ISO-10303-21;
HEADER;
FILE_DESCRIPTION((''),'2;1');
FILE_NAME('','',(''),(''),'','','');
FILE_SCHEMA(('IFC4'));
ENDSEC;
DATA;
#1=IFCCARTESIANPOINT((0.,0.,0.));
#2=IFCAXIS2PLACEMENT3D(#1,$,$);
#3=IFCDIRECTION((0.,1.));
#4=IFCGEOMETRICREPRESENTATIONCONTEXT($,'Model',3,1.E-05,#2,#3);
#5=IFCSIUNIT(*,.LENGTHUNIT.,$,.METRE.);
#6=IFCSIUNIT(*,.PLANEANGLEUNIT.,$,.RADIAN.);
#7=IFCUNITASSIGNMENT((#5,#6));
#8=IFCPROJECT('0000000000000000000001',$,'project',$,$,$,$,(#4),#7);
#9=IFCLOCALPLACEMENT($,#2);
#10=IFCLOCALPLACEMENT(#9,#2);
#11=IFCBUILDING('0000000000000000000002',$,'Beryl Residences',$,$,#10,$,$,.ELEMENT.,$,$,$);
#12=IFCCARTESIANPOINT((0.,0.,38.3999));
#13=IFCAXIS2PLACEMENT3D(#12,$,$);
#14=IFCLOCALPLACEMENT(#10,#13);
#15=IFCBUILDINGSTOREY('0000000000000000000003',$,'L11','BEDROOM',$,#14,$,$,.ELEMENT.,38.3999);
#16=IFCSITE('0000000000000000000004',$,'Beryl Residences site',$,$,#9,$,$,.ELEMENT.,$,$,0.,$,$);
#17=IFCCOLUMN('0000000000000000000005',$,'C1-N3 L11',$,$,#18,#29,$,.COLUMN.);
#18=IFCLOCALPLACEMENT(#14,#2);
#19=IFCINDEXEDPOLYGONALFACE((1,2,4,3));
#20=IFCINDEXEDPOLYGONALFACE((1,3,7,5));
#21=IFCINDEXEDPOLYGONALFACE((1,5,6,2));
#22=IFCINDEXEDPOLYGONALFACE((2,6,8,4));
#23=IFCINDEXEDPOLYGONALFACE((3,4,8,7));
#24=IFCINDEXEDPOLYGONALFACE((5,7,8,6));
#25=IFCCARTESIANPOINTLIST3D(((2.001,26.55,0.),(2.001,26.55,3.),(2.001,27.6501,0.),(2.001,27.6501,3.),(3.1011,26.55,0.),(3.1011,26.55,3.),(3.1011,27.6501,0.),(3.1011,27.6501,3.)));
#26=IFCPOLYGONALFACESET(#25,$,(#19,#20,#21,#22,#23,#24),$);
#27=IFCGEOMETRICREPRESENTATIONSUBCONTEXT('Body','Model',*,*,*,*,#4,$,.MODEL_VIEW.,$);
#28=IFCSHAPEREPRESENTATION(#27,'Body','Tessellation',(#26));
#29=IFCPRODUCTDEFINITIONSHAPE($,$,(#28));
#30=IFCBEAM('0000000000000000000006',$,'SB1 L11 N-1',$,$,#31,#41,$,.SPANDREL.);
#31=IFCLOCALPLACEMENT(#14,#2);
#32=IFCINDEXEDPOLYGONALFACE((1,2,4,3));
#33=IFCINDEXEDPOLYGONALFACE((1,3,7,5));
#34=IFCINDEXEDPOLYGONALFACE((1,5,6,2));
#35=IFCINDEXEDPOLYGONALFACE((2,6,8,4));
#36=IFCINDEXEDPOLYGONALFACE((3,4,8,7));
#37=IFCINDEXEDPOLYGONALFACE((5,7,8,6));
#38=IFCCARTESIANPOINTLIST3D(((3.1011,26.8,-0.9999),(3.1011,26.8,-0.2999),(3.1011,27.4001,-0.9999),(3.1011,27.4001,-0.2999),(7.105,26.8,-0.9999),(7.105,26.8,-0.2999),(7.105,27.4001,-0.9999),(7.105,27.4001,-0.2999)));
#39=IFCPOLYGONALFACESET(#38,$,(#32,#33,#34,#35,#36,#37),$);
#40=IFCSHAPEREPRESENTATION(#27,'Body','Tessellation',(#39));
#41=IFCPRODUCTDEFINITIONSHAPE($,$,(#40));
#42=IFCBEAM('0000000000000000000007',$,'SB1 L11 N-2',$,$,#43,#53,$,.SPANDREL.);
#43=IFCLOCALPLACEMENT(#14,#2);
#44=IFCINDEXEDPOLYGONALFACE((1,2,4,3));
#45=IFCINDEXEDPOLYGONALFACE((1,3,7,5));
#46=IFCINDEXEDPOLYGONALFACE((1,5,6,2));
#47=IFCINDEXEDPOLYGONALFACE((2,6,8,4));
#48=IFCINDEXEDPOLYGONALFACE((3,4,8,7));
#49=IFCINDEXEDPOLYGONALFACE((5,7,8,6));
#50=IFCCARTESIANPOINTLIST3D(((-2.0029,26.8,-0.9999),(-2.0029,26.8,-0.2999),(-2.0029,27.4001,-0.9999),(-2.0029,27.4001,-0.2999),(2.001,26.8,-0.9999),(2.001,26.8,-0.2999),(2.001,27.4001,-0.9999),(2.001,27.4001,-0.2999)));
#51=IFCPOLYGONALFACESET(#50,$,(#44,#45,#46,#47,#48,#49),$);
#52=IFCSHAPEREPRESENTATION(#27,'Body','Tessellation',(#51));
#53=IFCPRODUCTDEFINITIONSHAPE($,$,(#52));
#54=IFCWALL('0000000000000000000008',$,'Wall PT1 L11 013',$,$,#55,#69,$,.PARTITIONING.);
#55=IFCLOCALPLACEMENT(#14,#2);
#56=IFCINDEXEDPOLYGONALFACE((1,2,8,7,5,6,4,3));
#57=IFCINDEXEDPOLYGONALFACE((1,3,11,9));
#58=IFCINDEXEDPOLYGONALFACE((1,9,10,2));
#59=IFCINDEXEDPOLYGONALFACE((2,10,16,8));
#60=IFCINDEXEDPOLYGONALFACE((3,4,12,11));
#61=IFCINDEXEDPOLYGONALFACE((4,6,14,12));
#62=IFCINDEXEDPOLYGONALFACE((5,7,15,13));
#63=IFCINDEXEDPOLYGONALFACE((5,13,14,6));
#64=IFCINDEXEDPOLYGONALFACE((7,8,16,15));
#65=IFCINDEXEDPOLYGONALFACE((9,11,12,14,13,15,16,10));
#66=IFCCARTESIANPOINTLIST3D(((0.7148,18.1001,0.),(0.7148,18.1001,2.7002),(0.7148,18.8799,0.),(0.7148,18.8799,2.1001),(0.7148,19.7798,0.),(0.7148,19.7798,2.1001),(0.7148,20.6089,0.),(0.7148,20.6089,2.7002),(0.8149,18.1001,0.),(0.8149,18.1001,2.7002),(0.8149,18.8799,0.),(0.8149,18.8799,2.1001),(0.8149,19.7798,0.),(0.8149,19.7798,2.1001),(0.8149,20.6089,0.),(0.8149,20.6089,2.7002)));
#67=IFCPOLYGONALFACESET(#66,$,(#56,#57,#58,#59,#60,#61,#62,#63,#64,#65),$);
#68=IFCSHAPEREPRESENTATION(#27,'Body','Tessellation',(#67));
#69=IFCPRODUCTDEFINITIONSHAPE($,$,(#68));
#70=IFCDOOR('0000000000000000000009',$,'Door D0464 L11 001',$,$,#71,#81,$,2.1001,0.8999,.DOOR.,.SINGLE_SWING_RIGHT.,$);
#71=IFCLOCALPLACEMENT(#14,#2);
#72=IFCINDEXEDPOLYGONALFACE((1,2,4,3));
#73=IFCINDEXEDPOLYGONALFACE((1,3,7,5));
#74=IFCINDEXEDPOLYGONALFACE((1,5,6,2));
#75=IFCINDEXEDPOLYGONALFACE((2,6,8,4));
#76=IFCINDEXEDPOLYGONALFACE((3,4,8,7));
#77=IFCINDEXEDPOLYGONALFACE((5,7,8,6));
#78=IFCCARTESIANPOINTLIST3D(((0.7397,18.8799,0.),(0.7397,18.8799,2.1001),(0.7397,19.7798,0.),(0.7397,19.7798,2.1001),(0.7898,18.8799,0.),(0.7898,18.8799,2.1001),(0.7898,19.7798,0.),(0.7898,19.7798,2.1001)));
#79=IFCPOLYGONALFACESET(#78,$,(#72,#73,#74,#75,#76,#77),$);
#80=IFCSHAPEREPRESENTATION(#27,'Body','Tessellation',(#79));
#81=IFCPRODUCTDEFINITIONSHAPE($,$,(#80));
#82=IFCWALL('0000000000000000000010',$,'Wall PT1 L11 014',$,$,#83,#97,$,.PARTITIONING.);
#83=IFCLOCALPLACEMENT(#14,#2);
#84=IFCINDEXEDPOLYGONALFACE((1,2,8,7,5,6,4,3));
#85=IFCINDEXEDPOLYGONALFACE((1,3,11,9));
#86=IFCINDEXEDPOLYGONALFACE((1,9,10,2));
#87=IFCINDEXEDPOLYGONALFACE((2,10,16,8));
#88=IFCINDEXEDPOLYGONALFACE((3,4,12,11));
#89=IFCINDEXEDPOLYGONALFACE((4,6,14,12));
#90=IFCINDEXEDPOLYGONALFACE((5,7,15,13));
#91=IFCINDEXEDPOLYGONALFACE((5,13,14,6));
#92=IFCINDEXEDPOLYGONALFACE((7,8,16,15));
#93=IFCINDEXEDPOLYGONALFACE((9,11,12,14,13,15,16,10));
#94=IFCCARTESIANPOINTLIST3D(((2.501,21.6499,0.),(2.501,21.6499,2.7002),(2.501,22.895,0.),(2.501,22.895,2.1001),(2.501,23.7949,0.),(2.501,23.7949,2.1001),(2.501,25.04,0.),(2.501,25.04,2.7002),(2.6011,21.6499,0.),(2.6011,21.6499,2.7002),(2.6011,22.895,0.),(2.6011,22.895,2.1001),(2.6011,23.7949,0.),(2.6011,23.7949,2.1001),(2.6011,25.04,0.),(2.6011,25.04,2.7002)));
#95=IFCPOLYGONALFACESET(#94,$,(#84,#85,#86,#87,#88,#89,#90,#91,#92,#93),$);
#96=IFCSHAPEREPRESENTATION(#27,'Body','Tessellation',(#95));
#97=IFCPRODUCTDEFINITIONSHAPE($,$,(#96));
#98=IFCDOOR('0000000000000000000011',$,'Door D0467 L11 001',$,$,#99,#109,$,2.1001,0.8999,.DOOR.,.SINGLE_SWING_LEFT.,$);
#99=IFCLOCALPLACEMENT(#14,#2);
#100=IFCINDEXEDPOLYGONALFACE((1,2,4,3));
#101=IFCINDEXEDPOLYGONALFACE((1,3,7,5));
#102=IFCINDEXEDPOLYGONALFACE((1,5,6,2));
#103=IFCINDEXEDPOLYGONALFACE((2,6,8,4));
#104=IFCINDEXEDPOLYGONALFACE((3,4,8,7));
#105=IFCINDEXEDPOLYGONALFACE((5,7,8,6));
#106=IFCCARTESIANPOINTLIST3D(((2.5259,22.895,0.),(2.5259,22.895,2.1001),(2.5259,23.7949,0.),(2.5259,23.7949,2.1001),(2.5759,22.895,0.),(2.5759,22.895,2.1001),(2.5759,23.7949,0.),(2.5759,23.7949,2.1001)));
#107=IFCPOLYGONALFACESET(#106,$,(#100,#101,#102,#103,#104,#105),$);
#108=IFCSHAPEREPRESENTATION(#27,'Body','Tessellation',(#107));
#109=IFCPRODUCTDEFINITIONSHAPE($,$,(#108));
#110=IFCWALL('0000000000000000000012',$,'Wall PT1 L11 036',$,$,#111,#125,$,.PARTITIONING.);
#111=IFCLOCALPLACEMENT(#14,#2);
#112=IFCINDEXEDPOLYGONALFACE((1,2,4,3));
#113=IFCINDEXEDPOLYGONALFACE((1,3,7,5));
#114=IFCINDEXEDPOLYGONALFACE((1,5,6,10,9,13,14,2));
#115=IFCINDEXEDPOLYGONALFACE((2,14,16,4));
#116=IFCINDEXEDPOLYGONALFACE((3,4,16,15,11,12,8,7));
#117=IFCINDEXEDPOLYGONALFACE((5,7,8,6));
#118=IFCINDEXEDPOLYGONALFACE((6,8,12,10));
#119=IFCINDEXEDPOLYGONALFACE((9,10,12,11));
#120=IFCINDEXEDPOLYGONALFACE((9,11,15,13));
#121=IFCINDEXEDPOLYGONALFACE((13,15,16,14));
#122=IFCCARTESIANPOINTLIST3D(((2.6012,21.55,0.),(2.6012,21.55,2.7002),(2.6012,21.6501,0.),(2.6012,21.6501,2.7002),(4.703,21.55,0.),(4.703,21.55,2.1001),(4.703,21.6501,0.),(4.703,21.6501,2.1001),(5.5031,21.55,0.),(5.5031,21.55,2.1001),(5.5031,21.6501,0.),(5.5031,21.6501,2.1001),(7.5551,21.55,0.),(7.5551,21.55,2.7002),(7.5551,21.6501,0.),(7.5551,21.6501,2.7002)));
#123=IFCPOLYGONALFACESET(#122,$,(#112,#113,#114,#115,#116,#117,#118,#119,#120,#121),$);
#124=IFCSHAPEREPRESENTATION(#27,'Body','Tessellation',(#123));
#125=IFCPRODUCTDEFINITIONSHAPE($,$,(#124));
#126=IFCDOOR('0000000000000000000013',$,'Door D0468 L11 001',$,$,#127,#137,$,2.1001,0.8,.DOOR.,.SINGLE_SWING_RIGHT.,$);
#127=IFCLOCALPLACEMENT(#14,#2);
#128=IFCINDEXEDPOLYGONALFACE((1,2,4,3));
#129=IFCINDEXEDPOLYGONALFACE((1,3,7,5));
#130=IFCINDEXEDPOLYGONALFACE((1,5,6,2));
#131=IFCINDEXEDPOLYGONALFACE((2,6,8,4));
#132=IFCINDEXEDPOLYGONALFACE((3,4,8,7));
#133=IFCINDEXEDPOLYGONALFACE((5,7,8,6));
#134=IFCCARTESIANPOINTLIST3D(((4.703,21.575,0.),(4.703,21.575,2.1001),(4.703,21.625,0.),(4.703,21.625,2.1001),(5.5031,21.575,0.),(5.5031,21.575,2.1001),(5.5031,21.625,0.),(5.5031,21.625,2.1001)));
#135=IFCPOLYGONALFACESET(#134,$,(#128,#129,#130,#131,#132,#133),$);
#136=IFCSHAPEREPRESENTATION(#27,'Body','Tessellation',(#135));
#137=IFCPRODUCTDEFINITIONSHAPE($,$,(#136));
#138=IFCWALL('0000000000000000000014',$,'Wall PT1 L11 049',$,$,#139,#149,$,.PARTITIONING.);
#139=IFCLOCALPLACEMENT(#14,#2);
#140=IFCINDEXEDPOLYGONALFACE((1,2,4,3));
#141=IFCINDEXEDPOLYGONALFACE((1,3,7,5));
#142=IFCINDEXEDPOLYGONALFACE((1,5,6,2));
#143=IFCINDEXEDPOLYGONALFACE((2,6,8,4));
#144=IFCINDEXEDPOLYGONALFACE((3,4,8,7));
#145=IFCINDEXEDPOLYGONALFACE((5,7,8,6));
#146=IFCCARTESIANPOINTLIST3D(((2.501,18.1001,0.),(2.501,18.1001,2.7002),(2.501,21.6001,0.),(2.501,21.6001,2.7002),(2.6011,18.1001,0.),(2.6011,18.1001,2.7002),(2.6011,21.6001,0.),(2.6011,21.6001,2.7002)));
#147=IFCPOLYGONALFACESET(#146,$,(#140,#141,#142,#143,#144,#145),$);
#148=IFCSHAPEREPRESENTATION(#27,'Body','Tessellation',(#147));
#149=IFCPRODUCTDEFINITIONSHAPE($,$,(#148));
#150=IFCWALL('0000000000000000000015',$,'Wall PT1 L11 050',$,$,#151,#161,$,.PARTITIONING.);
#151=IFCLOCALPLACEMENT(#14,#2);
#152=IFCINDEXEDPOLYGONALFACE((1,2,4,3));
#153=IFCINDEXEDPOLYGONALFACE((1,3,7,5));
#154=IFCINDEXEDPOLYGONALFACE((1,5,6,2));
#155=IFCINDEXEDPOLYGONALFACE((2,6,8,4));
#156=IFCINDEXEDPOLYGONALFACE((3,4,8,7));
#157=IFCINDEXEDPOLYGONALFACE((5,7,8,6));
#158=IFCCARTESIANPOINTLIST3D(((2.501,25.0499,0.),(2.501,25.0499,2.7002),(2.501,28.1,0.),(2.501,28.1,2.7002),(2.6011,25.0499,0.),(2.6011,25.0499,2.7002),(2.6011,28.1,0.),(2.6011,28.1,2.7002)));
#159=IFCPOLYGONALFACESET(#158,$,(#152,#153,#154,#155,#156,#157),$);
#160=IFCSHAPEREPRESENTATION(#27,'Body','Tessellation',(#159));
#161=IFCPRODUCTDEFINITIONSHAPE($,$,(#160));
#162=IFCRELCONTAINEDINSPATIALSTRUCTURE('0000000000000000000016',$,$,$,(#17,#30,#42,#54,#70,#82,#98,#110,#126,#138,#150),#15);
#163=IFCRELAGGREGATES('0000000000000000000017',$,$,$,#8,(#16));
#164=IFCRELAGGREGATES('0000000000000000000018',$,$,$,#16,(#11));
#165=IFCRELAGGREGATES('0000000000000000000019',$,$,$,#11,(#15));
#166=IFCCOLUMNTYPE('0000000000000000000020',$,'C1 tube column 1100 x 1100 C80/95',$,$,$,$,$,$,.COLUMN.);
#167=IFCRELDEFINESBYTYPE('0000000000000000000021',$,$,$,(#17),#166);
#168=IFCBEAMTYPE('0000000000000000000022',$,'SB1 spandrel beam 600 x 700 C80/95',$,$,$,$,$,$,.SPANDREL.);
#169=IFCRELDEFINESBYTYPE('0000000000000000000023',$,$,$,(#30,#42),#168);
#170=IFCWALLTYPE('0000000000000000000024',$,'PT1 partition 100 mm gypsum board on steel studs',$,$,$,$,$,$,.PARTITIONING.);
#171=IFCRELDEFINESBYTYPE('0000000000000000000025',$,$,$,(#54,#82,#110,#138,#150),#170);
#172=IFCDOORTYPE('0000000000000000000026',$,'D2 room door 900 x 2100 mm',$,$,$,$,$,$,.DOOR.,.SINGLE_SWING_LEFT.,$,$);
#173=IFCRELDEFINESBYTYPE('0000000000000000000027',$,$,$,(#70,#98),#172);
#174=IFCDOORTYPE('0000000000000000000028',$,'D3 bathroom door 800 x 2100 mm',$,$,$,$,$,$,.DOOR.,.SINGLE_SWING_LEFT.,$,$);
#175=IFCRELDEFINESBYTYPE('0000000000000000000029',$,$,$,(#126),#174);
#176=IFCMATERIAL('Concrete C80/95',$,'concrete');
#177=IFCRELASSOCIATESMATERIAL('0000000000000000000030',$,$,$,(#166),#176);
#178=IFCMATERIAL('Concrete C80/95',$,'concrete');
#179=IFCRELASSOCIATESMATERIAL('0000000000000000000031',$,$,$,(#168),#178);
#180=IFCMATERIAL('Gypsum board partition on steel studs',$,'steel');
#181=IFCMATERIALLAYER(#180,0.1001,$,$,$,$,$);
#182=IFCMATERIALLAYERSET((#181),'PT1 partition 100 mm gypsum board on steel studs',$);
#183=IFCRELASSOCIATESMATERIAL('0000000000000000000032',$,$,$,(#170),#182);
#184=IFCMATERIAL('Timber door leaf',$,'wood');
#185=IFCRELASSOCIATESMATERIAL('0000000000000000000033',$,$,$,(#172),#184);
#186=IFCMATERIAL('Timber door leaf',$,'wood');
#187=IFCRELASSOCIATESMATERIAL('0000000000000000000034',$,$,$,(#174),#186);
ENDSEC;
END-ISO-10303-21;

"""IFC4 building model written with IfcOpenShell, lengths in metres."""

from ifc_helpers import new_model, si_unit, direction, frame, frame_2d, origin, origin_2d, place, context, subcontext, project, spatial, rectangle, extrude, material, layer, layer_set, material_profile, profile_set, type_object, element, fill, save


model = new_model("IFC4")

# Units and contexts
model_context = context("Model", 3, precision=1e-05, world=origin(), true_north=direction((0.0, 1.0)))
body_context = subcontext(model_context, "Body", "Model", "MODEL_VIEW")
ifc_project = project(units=[si_unit("LENGTHUNIT", "METRE"), si_unit("PLANEANGLEUNIT", "RADIAN")], contexts=[model_context])

# Site, building, storey
site_placement = place(None, origin())
site = spatial("IfcSite", under=ifc_project, at=site_placement, Name="Beryl Residences site", CompositionType="ELEMENT", RefElevation=0.0)
building_placement = place(site_placement, origin())
building = spatial("IfcBuilding", under=site, at=building_placement, Name="Beryl Residences", CompositionType="ELEMENT")
storey_placement = place(building_placement, frame((0.0, 0.0, 38.3999)))
storey = spatial("IfcBuildingStorey", under=building, at=storey_placement, Name="L11", Description="BEDROOM", CompositionType="ELEMENT", Elevation=38.3999)

# Column
ifc_material_1 = material(Name="Concrete C80/95", Category="concrete")
ifc_material_profile_1 = material_profile(ifc_material_1, rectangle(XDim=1.1001, YDim=1.1001, at=origin_2d()))
ifc_profile_set_1 = profile_set([ifc_material_profile_1], Name="Concrete C80/95")
column_type = type_object("IfcColumnType", Name="C1 tube column 1100 x 1100 C80/95", PredefinedType="COLUMN", material=ifc_profile_set_1)
column_placement = place(storey_placement, frame((2.551, 27.1001, 0.0), z_axis=(0.0, 0.0, 1.0), x_axis=(-1.0, 0.0, 0.0)))
element("IfcColumn", 1, at=column_placement, inside=storey, type_object=column_type, Name="C1-N3 L11", PredefinedType="COLUMN", context=body_context, shape_type="SweptSolid", body=[
    extrude(rectangle(XDim=1.1001, YDim=1.1001, at=origin_2d()), origin(), (0.0, 0.0, 1.0), 3.0),
])

# Beams
ifc_material_2 = material(Name="Concrete C80/95", Category="concrete")
ifc_material_profile_2 = material_profile(ifc_material_2, rectangle(XDim=0.6001, YDim=0.7, at=origin_2d()))
ifc_profile_set_2 = profile_set([ifc_material_profile_2], Name="Concrete C80/95")
beam_type = type_object("IfcBeamType", Name="SB1 spandrel beam 600 x 700 C80/95", PredefinedType="SPANDREL", material=ifc_profile_set_2)
for number, where, z_axis, x_axis, name in (
    (2, (7.105, 27.1001, -0.6499), (-1.0, 0.0, 0.0), (0.0, -1.0, 0.0), "SB1 L11 N-1"),
    (3, (2.001, 27.1001, -0.6499), (-1.0, 0.0, 0.0), (0.0, -1.0, 0.0), "SB1 L11 N-2"),
):
    element("IfcBeam", number, at=place(storey_placement, frame(where, z_axis=z_axis, x_axis=x_axis)), inside=storey, type_object=beam_type, Name=name, PredefinedType="SPANDREL", context=body_context, shape_type="SweptSolid", body=[
        extrude(rectangle(XDim=0.6001, YDim=0.7, at=origin_2d()), origin(), (0.0, 0.0, 1.0), 4.0039),
    ])

# Walls, openings, doors
ifc_material_3 = material(Name="Gypsum board partition on steel studs", Category="steel")
ifc_layer = layer(ifc_material_3, 0.1001)
ifc_layer_set = layer_set([ifc_layer], Name="PT1 partition 100 mm gypsum board on steel studs")
wall_type = type_object("IfcWallType", Name="PT1 partition 100 mm gypsum board on steel studs", PredefinedType="PARTITIONING", material=ifc_layer_set)
wall_1_placement = place(storey_placement, frame((0.7649, 20.6089, 0.0), z_axis=(0.0, 0.0, 1.0), x_axis=(0.0, -1.0, 0.0)))
wall_1 = element("IfcWall", 4, at=wall_1_placement, inside=storey, type_object=wall_type, Name="Wall PT1 L11 013", PredefinedType="PARTITIONING", context=body_context, shape_type="SweptSolid", body=[
    extrude(rectangle(XDim=2.5088, YDim=0.1001, at=frame_2d((1.2544, 0.0))), origin(), (0.0, 0.0, 1.0), 2.7002),
])
opening_1_placement = place(wall_1_placement, frame((0.8291, 0.0, 0.0)))
opening_1 = element("IfcOpeningElement", 5, at=opening_1_placement, cuts=wall_1, PredefinedType="OPENING", context=body_context, shape_type="SweptSolid", body=[
    extrude(rectangle(XDim=0.8999, YDim=2.1001, at=frame_2d((0.45, 1.05))), frame((0.0, 0.0601, 0.0), z_axis=(0.0, -1.0, 0.0), x_axis=(1.0, 0.0, 0.0)), (0.0, 0.0, 1.0), 0.1201),
])
ifc_material_4 = material(Name="Timber door leaf", Category="wood")
door_type_1 = type_object("IfcDoorType", Name="D2 room door 900 x 2100 mm", OperationType="SINGLE_SWING_LEFT", PredefinedType="DOOR", material=ifc_material_4)
door_1_placement = place(opening_1_placement, origin())
door_1 = element("IfcDoor", 6, at=door_1_placement, inside=storey, type_object=door_type_1, Name="Door D0464 L11 001", OperationType="SINGLE_SWING_RIGHT", OverallHeight=2.1001, OverallWidth=0.8999, PredefinedType="DOOR", context=body_context, shape_type="SweptSolid", body=[
    extrude(rectangle(XDim=0.8999, YDim=2.1001, at=frame_2d((0.45, 1.05))), frame((0.0, 0.0249, 0.0), z_axis=(0.0, -1.0, 0.0), x_axis=(1.0, 0.0, 0.0)), (0.0, 0.0, 1.0), 0.05),
])
fill(opening_1, door_1)
wall_2_placement = place(storey_placement, frame((2.551, 25.04, 0.0), z_axis=(0.0, 0.0, 1.0), x_axis=(0.0, -1.0, 0.0)))
wall_2 = element("IfcWall", 7, at=wall_2_placement, inside=storey, type_object=wall_type, Name="Wall PT1 L11 014", PredefinedType="PARTITIONING", context=body_context, shape_type="SweptSolid", body=[
    extrude(rectangle(XDim=3.3901, YDim=0.1001, at=frame_2d((1.6951, 0.0))), origin(), (0.0, 0.0, 1.0), 2.7002),
])
opening_2_placement = place(wall_2_placement, frame((1.2451, 0.0, 0.0)))
opening_2 = element("IfcOpeningElement", 8, at=opening_2_placement, cuts=wall_2, PredefinedType="OPENING", context=body_context, shape_type="SweptSolid", body=[
    extrude(rectangle(XDim=0.8999, YDim=2.1001, at=frame_2d((0.45, 1.05))), frame((0.0, 0.0601, 0.0), z_axis=(0.0, -1.0, 0.0), x_axis=(1.0, 0.0, 0.0)), (0.0, 0.0, 1.0), 0.1201),
])
door_2_placement = place(opening_2_placement, origin())
door_2 = element("IfcDoor", 9, at=door_2_placement, inside=storey, type_object=door_type_1, Name="Door D0467 L11 001", OperationType="SINGLE_SWING_LEFT", OverallHeight=2.1001, OverallWidth=0.8999, PredefinedType="DOOR", context=body_context, shape_type="SweptSolid", body=[
    extrude(rectangle(XDim=0.8999, YDim=2.1001, at=frame_2d((0.45, 1.05))), frame((0.0, 0.0249, 0.0), z_axis=(0.0, -1.0, 0.0), x_axis=(1.0, 0.0, 0.0)), (0.0, 0.0, 1.0), 0.05),
])
fill(opening_2, door_2)
wall_3_placement = place(storey_placement, frame((2.6011, 21.6001, 0.0), z_axis=(0.0, 0.0, 1.0), x_axis=(1.0, 0.0, 0.0)))
wall_3 = element("IfcWall", 10, at=wall_3_placement, inside=storey, type_object=wall_type, Name="Wall PT1 L11 036", PredefinedType="PARTITIONING", context=body_context, shape_type="SweptSolid", body=[
    extrude(rectangle(XDim=4.9539, YDim=0.1001, at=frame_2d((2.4771, 0.0))), origin(), (0.0, 0.0, 1.0), 2.7002),
])
opening_3_placement = place(wall_3_placement, frame((2.1021, 0.0, 0.0)))
opening_3 = element("IfcOpeningElement", 11, at=opening_3_placement, cuts=wall_3, PredefinedType="OPENING", context=body_context, shape_type="SweptSolid", body=[
    extrude(rectangle(XDim=0.8, YDim=2.1001, at=frame_2d((0.3999, 1.05))), frame((0.0, 0.0601, 0.0), z_axis=(0.0, -1.0, 0.0), x_axis=(1.0, 0.0, 0.0)), (0.0, 0.0, 1.0), 0.1201),
])
ifc_material_5 = material(Name="Timber door leaf", Category="wood")
door_type_2 = type_object("IfcDoorType", Name="D3 bathroom door 800 x 2100 mm", OperationType="SINGLE_SWING_LEFT", PredefinedType="DOOR", material=ifc_material_5)
door_3_placement = place(opening_3_placement, origin())
door_3 = element("IfcDoor", 12, at=door_3_placement, inside=storey, type_object=door_type_2, Name="Door D0468 L11 001", OperationType="SINGLE_SWING_RIGHT", OverallHeight=2.1001, OverallWidth=0.8, PredefinedType="DOOR", context=body_context, shape_type="SweptSolid", body=[
    extrude(rectangle(XDim=0.8, YDim=2.1001, at=frame_2d((0.3999, 1.05))), frame((0.0, 0.0249, 0.0), z_axis=(0.0, -1.0, 0.0), x_axis=(1.0, 0.0, 0.0)), (0.0, 0.0, 1.0), 0.05),
])
fill(opening_3, door_3)

# Walls
wall_4_placement = place(storey_placement, frame((2.551, 18.1001, 0.0), z_axis=(0.0, 0.0, 1.0), x_axis=(0.0, 1.0, 0.0)))
element("IfcWall", 13, at=wall_4_placement, inside=storey, type_object=wall_type, Name="Wall PT1 L11 049", PredefinedType="PARTITIONING", context=body_context, shape_type="SweptSolid", body=[
    extrude(rectangle(XDim=3.5, YDim=0.1001, at=frame_2d((1.75, 0.0))), origin(), (0.0, 0.0, 1.0), 2.7002),
])
wall_5_placement = place(storey_placement, frame((2.551, 25.05, 0.0), z_axis=(0.0, 0.0, 1.0), x_axis=(0.0, 1.0, 0.0)))
element("IfcWall", 14, at=wall_5_placement, inside=storey, type_object=wall_type, Name="Wall PT1 L11 050", PredefinedType="PARTITIONING", context=body_context, shape_type="SweptSolid", body=[
    extrude(rectangle(XDim=3.05, YDim=0.1001, at=frame_2d((1.5249, 0.0))), origin(), (0.0, 0.0, 1.0), 2.7002),
])

save(model, "model.ifc")
